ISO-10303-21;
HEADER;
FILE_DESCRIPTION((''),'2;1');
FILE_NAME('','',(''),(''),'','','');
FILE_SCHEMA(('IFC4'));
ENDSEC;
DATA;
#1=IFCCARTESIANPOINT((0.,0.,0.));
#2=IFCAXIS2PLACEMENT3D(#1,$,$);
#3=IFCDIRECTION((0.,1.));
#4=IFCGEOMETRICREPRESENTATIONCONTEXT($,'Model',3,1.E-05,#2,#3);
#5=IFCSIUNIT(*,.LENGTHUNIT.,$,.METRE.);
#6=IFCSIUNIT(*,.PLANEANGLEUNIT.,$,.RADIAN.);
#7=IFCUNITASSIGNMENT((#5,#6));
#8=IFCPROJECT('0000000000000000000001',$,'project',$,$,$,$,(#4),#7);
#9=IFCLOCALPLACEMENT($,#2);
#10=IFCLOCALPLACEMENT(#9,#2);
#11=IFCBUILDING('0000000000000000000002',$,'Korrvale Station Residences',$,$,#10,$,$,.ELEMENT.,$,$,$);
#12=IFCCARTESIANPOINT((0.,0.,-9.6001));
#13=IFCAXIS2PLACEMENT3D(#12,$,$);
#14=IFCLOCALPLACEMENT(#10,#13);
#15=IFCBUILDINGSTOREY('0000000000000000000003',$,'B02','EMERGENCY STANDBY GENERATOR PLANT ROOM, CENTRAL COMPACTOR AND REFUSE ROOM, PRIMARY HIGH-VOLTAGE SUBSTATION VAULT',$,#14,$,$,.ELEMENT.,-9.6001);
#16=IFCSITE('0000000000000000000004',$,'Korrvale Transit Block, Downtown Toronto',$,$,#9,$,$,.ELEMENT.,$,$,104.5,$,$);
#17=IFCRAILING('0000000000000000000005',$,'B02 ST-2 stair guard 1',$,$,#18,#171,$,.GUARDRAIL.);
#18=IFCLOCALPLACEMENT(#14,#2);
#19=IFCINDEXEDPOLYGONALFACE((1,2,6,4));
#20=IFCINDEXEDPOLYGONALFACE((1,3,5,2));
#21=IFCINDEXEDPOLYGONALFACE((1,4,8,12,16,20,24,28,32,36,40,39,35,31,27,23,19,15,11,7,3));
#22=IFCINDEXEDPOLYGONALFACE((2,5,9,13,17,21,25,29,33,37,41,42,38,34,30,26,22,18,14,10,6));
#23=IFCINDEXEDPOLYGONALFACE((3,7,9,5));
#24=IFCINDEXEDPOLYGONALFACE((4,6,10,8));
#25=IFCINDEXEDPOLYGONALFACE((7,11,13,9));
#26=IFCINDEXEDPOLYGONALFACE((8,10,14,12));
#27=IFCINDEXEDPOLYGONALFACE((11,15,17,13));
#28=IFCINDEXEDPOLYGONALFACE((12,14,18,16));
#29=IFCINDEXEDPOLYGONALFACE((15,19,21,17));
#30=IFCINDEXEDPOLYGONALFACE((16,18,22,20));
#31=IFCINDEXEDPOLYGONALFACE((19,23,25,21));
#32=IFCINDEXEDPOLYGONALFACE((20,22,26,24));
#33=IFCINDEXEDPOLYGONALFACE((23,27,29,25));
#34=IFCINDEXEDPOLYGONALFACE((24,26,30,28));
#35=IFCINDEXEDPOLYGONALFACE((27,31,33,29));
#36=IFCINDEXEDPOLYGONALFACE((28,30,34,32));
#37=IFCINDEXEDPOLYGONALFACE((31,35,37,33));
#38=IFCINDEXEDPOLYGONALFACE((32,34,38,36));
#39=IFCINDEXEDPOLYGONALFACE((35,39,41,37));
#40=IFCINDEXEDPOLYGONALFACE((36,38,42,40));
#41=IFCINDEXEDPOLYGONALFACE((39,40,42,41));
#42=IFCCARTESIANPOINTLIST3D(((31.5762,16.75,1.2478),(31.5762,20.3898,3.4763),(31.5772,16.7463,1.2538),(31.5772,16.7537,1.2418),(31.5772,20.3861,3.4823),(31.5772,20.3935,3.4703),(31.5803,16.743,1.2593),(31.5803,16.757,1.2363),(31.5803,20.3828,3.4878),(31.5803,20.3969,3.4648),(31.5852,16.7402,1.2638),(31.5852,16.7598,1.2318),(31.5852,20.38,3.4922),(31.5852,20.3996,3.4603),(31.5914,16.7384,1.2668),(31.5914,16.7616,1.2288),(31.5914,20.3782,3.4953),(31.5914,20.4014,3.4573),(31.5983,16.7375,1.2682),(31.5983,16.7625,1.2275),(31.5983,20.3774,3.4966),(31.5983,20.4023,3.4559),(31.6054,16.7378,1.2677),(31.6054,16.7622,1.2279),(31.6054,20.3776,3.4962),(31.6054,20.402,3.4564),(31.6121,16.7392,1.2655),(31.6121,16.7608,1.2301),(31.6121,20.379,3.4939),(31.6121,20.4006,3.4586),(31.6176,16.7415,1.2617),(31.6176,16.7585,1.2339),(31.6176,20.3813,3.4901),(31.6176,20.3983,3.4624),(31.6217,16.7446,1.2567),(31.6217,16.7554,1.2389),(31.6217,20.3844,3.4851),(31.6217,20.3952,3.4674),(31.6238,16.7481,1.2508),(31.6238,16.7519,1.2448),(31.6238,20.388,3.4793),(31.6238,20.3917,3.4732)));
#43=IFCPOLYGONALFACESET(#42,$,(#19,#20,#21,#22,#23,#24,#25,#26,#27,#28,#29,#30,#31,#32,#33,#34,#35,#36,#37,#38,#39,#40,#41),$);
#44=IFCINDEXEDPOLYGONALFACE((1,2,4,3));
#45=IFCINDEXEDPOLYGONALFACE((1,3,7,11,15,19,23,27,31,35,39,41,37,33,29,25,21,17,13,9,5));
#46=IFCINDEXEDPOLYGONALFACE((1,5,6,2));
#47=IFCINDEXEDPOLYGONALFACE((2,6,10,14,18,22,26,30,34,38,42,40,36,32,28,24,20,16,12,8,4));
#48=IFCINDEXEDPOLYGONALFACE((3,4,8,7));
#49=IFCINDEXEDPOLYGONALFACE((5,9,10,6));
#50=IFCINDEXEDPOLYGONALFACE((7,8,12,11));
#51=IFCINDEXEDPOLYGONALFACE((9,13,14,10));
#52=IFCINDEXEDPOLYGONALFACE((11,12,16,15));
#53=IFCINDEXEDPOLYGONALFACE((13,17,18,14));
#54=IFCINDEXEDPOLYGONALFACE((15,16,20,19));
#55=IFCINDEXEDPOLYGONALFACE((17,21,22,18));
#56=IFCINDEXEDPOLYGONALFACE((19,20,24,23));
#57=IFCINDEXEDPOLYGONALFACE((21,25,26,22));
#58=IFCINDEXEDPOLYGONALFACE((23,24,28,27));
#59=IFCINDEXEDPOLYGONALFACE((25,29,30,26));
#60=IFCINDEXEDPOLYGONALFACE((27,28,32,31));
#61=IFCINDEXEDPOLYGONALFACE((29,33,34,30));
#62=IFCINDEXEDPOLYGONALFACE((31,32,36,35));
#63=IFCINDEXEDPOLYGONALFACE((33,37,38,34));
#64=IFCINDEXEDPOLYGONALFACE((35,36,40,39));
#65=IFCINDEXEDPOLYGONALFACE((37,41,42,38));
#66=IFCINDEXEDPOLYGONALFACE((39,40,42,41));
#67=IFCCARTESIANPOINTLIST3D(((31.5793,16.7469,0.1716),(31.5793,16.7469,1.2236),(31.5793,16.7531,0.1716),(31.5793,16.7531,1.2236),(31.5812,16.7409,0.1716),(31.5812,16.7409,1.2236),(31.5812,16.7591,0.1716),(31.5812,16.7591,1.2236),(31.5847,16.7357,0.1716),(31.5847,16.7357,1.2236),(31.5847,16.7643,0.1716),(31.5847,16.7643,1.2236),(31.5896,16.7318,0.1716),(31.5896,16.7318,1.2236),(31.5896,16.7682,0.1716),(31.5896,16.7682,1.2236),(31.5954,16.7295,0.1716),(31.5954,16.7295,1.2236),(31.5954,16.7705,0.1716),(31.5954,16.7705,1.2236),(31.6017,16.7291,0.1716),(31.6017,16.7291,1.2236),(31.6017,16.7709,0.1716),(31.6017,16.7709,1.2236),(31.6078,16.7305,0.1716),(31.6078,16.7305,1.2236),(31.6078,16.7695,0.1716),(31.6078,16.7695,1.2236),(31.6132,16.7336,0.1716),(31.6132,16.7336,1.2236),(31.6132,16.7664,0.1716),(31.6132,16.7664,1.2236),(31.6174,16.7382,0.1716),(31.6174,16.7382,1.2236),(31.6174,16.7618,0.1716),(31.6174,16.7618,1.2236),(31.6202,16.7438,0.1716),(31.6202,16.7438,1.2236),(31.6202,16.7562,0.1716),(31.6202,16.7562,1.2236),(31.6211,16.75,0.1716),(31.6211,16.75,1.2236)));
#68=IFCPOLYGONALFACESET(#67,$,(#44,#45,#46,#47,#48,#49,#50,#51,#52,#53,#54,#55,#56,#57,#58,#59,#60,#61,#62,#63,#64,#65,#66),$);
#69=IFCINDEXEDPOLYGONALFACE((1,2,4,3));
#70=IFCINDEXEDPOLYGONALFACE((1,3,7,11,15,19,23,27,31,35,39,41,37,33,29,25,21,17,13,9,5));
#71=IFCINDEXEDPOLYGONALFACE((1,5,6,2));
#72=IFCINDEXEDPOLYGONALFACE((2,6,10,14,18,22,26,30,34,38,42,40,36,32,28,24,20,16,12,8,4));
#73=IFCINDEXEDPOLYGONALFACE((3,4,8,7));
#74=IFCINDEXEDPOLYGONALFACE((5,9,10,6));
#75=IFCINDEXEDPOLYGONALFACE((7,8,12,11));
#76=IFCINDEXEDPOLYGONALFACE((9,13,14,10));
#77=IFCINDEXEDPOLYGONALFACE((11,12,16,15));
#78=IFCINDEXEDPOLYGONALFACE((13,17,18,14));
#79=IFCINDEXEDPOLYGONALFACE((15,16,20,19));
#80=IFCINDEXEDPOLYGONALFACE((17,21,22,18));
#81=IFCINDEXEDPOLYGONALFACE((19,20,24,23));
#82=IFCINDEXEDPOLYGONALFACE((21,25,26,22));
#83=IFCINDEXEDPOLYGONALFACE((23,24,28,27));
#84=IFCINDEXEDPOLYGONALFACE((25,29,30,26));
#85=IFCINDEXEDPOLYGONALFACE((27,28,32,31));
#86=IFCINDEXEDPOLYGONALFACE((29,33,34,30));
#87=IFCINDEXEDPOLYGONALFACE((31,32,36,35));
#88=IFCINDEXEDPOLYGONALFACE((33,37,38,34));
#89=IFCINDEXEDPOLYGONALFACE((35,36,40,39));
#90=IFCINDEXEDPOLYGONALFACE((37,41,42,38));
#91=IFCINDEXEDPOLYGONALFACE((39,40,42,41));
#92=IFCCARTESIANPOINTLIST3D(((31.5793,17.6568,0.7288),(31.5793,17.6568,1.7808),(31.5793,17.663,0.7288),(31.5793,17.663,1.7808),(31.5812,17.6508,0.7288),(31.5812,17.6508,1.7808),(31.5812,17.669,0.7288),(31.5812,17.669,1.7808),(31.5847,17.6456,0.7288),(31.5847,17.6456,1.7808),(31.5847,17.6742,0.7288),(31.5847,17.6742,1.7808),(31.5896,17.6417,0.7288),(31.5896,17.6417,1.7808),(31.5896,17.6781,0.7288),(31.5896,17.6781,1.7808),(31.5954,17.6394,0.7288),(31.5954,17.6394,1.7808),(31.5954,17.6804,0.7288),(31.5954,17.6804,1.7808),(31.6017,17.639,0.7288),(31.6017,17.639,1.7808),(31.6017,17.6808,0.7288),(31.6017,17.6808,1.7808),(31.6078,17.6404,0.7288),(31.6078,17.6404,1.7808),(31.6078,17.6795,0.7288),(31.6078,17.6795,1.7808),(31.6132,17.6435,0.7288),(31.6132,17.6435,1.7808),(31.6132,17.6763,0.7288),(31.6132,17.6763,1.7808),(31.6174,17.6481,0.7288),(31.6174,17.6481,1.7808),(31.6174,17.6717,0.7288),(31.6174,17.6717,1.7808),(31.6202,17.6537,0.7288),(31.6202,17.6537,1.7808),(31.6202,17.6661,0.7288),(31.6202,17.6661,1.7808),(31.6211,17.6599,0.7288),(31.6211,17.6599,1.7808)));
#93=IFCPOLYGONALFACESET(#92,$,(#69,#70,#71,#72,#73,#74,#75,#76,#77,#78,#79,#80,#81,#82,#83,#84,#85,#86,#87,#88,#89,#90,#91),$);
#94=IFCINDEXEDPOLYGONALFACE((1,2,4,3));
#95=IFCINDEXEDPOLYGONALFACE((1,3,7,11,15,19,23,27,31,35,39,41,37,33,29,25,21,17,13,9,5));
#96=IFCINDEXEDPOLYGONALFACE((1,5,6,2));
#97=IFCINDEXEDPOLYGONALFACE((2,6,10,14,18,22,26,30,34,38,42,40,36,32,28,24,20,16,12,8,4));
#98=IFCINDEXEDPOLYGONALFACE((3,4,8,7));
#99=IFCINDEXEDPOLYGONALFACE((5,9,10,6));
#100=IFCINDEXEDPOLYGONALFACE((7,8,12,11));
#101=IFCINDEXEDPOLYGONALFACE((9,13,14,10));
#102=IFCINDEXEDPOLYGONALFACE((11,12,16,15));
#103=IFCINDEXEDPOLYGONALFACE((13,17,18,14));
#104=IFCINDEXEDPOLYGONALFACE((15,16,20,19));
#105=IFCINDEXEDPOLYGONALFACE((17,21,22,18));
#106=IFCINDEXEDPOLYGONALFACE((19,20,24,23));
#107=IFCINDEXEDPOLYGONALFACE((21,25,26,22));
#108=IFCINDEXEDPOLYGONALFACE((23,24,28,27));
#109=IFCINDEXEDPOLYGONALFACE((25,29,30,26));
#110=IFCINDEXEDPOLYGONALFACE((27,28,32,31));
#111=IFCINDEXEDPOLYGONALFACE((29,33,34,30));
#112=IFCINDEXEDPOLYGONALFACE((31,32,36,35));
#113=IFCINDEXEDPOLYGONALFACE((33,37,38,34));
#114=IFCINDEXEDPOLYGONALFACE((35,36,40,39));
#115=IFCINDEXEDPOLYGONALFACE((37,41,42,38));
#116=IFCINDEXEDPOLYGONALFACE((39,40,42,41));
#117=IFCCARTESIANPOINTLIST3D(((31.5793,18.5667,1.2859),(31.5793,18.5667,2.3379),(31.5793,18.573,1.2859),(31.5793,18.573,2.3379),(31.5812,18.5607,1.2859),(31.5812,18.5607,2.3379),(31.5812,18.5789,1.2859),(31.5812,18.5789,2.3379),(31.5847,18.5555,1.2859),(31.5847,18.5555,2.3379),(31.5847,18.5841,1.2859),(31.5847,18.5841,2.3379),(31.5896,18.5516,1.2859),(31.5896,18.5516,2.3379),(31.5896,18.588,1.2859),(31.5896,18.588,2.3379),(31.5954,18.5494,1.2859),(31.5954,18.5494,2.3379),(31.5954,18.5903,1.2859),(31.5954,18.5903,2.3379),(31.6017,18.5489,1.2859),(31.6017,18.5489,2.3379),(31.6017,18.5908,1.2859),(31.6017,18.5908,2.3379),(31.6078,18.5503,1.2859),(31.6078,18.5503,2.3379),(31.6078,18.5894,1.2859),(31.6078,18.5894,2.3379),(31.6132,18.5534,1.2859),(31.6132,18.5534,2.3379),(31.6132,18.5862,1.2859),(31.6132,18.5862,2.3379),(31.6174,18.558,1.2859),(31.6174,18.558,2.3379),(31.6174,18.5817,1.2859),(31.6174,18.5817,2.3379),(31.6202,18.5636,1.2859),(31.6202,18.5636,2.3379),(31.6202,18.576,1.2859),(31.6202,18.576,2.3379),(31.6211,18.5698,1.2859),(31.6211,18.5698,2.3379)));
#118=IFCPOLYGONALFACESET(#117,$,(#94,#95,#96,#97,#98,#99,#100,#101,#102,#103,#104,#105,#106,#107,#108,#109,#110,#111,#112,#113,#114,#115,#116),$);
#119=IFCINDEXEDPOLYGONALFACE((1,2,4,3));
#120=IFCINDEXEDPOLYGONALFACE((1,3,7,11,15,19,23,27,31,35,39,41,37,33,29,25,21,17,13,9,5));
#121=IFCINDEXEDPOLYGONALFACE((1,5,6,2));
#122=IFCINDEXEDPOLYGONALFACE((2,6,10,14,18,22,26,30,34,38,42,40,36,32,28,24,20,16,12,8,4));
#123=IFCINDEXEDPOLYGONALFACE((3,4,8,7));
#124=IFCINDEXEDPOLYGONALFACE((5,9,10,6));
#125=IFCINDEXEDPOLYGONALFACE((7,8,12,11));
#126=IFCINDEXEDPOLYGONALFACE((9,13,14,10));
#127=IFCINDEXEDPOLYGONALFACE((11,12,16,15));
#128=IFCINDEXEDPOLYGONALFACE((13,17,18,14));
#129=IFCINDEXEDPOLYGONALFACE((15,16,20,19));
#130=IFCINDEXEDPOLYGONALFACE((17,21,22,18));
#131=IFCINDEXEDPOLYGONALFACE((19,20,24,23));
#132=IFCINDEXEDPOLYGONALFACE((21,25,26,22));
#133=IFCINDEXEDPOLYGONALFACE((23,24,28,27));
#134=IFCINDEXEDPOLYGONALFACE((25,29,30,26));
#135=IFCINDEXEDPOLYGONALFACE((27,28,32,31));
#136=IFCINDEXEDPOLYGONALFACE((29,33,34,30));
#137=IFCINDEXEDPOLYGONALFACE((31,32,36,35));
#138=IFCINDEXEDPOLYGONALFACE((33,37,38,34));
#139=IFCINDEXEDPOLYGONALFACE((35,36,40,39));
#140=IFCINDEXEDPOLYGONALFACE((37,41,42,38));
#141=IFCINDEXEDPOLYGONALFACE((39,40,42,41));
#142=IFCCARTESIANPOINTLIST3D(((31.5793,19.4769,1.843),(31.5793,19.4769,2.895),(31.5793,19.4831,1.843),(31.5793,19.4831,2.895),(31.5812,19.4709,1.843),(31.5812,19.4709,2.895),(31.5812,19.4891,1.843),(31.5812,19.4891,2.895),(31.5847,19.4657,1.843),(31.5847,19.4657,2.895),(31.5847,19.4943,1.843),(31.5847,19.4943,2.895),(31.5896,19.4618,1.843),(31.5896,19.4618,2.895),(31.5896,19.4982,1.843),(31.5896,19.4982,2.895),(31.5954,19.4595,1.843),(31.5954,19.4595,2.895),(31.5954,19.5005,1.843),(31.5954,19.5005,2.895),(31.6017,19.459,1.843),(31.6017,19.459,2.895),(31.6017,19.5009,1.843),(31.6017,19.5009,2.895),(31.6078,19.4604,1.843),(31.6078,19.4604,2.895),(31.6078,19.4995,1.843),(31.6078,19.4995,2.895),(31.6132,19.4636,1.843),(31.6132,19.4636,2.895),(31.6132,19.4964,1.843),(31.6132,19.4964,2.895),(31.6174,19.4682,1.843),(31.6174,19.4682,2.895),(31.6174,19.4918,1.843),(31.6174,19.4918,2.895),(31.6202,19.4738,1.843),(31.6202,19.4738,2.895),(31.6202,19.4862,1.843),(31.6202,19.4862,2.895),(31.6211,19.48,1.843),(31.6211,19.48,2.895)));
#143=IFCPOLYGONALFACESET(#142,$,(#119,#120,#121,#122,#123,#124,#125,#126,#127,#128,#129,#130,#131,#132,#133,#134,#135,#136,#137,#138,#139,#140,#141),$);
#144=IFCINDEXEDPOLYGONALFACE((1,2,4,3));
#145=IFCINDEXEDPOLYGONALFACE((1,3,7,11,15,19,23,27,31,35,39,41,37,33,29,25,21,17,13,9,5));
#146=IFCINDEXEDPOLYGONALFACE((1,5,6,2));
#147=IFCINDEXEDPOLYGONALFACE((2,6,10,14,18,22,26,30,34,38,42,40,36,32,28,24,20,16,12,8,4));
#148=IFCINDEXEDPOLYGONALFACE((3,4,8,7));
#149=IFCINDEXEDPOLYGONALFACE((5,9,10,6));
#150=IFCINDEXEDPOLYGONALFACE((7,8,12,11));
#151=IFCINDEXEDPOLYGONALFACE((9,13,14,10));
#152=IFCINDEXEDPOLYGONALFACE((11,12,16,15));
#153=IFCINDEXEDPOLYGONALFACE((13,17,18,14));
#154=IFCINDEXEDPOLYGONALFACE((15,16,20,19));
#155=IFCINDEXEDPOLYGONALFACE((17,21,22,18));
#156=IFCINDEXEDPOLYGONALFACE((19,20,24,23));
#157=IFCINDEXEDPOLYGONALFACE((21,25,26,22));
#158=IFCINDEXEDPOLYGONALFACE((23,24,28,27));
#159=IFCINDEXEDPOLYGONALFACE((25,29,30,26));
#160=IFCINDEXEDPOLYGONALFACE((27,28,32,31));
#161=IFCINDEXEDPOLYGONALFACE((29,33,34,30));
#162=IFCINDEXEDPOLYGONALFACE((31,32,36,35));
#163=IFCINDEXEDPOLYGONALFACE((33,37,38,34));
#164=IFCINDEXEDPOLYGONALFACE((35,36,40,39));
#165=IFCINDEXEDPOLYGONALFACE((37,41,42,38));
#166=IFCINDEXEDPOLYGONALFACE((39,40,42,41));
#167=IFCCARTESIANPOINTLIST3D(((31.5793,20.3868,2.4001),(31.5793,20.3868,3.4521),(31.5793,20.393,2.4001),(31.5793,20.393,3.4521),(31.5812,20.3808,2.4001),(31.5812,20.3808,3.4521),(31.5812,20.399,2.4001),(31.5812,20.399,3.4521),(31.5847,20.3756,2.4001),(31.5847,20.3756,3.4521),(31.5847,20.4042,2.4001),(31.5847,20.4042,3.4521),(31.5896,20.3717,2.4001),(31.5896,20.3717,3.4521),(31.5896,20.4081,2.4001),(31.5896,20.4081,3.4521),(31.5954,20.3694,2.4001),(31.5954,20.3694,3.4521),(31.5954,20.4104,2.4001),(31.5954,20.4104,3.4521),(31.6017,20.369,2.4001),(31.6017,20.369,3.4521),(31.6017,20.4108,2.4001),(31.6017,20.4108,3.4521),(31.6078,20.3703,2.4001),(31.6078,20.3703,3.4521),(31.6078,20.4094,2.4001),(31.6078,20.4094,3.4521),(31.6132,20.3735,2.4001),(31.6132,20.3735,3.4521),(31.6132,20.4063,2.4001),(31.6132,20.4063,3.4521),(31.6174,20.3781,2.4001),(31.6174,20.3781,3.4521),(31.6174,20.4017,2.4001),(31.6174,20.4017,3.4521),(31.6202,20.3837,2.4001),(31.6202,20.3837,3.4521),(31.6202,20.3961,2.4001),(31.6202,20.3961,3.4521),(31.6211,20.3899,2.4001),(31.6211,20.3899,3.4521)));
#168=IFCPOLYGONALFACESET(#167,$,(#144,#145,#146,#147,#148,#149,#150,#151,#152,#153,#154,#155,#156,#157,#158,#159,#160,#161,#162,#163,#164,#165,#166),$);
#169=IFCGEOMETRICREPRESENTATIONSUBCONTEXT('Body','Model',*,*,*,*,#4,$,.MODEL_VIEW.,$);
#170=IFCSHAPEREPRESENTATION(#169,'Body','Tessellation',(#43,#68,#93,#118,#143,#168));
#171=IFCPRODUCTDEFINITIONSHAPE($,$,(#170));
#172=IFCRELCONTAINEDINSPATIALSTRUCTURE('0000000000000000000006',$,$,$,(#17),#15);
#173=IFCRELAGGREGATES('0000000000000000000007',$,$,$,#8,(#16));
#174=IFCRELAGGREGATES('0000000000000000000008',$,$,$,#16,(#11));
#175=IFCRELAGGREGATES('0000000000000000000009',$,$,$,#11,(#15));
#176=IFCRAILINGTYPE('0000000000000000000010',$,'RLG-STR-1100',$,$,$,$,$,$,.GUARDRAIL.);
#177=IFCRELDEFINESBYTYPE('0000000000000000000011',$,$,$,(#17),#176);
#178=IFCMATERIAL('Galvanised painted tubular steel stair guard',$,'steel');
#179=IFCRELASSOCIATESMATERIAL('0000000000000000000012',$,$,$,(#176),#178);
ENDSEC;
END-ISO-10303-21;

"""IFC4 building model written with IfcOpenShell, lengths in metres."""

from ifc_helpers import new_model, si_unit, direction, frame, origin, origin_2d, place, context, subcontext, project, spatial, circle, extrude, material, type_object, element, save


model = new_model("IFC4")

# Units and contexts
model_context = context("Model", 3, precision=1e-05, world=origin(), true_north=direction((0.0, 1.0)))
body_context = subcontext(model_context, "Body", "Model", "MODEL_VIEW")
ifc_project = project(units=[si_unit("LENGTHUNIT", "METRE"), si_unit("PLANEANGLEUNIT", "RADIAN")], contexts=[model_context])

# Site, building, storey
site_placement = place(None, origin())
site = spatial("IfcSite", under=ifc_project, at=site_placement, Name="Korrvale Transit Block, Downtown Toronto", CompositionType="ELEMENT", RefElevation=104.5)
building_placement = place(site_placement, origin())
building = spatial("IfcBuilding", under=site, at=building_placement, Name="Korrvale Station Residences", CompositionType="ELEMENT")
storey_placement = place(building_placement, frame((0.0, 0.0, -9.6001)))
storey = spatial("IfcBuildingStorey", under=building, at=storey_placement, Name="B02", Description="EMERGENCY STANDBY GENERATOR PLANT ROOM, CENTRAL COMPACTOR AND REFUSE ROOM, PRIMARY HIGH-VOLTAGE SUBSTATION VAULT", CompositionType="ELEMENT", Elevation=-9.6001)

# Railing
ifc_material_1 = material(Name="Galvanised painted tubular steel stair guard", Category="steel")
railing_type_1 = type_object("IfcRailingType", Name="RLG-STR-1100", PredefinedType="GUARDRAIL", material=ifc_material_1)
railing_1_placement = place(storey_placement, frame((31.6001, 16.75, 0.1716)))
element("IfcRailing", 1, at=railing_1_placement, inside=storey, type_object=railing_type_1, Name="B02 ST-2 stair guard 1", PredefinedType="GUARDRAIL", context=body_context, shape_type="SweptSolid", body=[
    extrude(circle(Radius=0.0239, at=origin_2d()), frame((0.0, 0.0, 1.0762), z_axis=(0.0, 0.85285, 0.522156), x_axis=(-1.0, 0.0, 0.0)), (0.0, 0.0, 1.0), 4.2678),
    extrude(circle(Radius=0.021, at=origin_2d()), origin(), (0.0, 0.0, 1.0), 1.052),
    extrude(circle(Radius=0.021, at=origin_2d()), frame((0.0, 0.9099, 0.5571)), (0.0, 0.0, 1.0), 1.052),
    extrude(circle(Radius=0.021, at=origin_2d()), frame((0.0, 1.8198, 1.1143)), (0.0, 0.0, 1.0), 1.052),
    extrude(circle(Radius=0.021, at=origin_2d()), frame((0.0, 2.73, 1.6714)), (0.0, 0.0, 1.0), 1.052),
    extrude(circle(Radius=0.021, at=origin_2d()), frame((0.0, 3.6399, 2.2285)), (0.0, 0.0, 1.0), 1.052),
])

save(model, "model.ifc")
